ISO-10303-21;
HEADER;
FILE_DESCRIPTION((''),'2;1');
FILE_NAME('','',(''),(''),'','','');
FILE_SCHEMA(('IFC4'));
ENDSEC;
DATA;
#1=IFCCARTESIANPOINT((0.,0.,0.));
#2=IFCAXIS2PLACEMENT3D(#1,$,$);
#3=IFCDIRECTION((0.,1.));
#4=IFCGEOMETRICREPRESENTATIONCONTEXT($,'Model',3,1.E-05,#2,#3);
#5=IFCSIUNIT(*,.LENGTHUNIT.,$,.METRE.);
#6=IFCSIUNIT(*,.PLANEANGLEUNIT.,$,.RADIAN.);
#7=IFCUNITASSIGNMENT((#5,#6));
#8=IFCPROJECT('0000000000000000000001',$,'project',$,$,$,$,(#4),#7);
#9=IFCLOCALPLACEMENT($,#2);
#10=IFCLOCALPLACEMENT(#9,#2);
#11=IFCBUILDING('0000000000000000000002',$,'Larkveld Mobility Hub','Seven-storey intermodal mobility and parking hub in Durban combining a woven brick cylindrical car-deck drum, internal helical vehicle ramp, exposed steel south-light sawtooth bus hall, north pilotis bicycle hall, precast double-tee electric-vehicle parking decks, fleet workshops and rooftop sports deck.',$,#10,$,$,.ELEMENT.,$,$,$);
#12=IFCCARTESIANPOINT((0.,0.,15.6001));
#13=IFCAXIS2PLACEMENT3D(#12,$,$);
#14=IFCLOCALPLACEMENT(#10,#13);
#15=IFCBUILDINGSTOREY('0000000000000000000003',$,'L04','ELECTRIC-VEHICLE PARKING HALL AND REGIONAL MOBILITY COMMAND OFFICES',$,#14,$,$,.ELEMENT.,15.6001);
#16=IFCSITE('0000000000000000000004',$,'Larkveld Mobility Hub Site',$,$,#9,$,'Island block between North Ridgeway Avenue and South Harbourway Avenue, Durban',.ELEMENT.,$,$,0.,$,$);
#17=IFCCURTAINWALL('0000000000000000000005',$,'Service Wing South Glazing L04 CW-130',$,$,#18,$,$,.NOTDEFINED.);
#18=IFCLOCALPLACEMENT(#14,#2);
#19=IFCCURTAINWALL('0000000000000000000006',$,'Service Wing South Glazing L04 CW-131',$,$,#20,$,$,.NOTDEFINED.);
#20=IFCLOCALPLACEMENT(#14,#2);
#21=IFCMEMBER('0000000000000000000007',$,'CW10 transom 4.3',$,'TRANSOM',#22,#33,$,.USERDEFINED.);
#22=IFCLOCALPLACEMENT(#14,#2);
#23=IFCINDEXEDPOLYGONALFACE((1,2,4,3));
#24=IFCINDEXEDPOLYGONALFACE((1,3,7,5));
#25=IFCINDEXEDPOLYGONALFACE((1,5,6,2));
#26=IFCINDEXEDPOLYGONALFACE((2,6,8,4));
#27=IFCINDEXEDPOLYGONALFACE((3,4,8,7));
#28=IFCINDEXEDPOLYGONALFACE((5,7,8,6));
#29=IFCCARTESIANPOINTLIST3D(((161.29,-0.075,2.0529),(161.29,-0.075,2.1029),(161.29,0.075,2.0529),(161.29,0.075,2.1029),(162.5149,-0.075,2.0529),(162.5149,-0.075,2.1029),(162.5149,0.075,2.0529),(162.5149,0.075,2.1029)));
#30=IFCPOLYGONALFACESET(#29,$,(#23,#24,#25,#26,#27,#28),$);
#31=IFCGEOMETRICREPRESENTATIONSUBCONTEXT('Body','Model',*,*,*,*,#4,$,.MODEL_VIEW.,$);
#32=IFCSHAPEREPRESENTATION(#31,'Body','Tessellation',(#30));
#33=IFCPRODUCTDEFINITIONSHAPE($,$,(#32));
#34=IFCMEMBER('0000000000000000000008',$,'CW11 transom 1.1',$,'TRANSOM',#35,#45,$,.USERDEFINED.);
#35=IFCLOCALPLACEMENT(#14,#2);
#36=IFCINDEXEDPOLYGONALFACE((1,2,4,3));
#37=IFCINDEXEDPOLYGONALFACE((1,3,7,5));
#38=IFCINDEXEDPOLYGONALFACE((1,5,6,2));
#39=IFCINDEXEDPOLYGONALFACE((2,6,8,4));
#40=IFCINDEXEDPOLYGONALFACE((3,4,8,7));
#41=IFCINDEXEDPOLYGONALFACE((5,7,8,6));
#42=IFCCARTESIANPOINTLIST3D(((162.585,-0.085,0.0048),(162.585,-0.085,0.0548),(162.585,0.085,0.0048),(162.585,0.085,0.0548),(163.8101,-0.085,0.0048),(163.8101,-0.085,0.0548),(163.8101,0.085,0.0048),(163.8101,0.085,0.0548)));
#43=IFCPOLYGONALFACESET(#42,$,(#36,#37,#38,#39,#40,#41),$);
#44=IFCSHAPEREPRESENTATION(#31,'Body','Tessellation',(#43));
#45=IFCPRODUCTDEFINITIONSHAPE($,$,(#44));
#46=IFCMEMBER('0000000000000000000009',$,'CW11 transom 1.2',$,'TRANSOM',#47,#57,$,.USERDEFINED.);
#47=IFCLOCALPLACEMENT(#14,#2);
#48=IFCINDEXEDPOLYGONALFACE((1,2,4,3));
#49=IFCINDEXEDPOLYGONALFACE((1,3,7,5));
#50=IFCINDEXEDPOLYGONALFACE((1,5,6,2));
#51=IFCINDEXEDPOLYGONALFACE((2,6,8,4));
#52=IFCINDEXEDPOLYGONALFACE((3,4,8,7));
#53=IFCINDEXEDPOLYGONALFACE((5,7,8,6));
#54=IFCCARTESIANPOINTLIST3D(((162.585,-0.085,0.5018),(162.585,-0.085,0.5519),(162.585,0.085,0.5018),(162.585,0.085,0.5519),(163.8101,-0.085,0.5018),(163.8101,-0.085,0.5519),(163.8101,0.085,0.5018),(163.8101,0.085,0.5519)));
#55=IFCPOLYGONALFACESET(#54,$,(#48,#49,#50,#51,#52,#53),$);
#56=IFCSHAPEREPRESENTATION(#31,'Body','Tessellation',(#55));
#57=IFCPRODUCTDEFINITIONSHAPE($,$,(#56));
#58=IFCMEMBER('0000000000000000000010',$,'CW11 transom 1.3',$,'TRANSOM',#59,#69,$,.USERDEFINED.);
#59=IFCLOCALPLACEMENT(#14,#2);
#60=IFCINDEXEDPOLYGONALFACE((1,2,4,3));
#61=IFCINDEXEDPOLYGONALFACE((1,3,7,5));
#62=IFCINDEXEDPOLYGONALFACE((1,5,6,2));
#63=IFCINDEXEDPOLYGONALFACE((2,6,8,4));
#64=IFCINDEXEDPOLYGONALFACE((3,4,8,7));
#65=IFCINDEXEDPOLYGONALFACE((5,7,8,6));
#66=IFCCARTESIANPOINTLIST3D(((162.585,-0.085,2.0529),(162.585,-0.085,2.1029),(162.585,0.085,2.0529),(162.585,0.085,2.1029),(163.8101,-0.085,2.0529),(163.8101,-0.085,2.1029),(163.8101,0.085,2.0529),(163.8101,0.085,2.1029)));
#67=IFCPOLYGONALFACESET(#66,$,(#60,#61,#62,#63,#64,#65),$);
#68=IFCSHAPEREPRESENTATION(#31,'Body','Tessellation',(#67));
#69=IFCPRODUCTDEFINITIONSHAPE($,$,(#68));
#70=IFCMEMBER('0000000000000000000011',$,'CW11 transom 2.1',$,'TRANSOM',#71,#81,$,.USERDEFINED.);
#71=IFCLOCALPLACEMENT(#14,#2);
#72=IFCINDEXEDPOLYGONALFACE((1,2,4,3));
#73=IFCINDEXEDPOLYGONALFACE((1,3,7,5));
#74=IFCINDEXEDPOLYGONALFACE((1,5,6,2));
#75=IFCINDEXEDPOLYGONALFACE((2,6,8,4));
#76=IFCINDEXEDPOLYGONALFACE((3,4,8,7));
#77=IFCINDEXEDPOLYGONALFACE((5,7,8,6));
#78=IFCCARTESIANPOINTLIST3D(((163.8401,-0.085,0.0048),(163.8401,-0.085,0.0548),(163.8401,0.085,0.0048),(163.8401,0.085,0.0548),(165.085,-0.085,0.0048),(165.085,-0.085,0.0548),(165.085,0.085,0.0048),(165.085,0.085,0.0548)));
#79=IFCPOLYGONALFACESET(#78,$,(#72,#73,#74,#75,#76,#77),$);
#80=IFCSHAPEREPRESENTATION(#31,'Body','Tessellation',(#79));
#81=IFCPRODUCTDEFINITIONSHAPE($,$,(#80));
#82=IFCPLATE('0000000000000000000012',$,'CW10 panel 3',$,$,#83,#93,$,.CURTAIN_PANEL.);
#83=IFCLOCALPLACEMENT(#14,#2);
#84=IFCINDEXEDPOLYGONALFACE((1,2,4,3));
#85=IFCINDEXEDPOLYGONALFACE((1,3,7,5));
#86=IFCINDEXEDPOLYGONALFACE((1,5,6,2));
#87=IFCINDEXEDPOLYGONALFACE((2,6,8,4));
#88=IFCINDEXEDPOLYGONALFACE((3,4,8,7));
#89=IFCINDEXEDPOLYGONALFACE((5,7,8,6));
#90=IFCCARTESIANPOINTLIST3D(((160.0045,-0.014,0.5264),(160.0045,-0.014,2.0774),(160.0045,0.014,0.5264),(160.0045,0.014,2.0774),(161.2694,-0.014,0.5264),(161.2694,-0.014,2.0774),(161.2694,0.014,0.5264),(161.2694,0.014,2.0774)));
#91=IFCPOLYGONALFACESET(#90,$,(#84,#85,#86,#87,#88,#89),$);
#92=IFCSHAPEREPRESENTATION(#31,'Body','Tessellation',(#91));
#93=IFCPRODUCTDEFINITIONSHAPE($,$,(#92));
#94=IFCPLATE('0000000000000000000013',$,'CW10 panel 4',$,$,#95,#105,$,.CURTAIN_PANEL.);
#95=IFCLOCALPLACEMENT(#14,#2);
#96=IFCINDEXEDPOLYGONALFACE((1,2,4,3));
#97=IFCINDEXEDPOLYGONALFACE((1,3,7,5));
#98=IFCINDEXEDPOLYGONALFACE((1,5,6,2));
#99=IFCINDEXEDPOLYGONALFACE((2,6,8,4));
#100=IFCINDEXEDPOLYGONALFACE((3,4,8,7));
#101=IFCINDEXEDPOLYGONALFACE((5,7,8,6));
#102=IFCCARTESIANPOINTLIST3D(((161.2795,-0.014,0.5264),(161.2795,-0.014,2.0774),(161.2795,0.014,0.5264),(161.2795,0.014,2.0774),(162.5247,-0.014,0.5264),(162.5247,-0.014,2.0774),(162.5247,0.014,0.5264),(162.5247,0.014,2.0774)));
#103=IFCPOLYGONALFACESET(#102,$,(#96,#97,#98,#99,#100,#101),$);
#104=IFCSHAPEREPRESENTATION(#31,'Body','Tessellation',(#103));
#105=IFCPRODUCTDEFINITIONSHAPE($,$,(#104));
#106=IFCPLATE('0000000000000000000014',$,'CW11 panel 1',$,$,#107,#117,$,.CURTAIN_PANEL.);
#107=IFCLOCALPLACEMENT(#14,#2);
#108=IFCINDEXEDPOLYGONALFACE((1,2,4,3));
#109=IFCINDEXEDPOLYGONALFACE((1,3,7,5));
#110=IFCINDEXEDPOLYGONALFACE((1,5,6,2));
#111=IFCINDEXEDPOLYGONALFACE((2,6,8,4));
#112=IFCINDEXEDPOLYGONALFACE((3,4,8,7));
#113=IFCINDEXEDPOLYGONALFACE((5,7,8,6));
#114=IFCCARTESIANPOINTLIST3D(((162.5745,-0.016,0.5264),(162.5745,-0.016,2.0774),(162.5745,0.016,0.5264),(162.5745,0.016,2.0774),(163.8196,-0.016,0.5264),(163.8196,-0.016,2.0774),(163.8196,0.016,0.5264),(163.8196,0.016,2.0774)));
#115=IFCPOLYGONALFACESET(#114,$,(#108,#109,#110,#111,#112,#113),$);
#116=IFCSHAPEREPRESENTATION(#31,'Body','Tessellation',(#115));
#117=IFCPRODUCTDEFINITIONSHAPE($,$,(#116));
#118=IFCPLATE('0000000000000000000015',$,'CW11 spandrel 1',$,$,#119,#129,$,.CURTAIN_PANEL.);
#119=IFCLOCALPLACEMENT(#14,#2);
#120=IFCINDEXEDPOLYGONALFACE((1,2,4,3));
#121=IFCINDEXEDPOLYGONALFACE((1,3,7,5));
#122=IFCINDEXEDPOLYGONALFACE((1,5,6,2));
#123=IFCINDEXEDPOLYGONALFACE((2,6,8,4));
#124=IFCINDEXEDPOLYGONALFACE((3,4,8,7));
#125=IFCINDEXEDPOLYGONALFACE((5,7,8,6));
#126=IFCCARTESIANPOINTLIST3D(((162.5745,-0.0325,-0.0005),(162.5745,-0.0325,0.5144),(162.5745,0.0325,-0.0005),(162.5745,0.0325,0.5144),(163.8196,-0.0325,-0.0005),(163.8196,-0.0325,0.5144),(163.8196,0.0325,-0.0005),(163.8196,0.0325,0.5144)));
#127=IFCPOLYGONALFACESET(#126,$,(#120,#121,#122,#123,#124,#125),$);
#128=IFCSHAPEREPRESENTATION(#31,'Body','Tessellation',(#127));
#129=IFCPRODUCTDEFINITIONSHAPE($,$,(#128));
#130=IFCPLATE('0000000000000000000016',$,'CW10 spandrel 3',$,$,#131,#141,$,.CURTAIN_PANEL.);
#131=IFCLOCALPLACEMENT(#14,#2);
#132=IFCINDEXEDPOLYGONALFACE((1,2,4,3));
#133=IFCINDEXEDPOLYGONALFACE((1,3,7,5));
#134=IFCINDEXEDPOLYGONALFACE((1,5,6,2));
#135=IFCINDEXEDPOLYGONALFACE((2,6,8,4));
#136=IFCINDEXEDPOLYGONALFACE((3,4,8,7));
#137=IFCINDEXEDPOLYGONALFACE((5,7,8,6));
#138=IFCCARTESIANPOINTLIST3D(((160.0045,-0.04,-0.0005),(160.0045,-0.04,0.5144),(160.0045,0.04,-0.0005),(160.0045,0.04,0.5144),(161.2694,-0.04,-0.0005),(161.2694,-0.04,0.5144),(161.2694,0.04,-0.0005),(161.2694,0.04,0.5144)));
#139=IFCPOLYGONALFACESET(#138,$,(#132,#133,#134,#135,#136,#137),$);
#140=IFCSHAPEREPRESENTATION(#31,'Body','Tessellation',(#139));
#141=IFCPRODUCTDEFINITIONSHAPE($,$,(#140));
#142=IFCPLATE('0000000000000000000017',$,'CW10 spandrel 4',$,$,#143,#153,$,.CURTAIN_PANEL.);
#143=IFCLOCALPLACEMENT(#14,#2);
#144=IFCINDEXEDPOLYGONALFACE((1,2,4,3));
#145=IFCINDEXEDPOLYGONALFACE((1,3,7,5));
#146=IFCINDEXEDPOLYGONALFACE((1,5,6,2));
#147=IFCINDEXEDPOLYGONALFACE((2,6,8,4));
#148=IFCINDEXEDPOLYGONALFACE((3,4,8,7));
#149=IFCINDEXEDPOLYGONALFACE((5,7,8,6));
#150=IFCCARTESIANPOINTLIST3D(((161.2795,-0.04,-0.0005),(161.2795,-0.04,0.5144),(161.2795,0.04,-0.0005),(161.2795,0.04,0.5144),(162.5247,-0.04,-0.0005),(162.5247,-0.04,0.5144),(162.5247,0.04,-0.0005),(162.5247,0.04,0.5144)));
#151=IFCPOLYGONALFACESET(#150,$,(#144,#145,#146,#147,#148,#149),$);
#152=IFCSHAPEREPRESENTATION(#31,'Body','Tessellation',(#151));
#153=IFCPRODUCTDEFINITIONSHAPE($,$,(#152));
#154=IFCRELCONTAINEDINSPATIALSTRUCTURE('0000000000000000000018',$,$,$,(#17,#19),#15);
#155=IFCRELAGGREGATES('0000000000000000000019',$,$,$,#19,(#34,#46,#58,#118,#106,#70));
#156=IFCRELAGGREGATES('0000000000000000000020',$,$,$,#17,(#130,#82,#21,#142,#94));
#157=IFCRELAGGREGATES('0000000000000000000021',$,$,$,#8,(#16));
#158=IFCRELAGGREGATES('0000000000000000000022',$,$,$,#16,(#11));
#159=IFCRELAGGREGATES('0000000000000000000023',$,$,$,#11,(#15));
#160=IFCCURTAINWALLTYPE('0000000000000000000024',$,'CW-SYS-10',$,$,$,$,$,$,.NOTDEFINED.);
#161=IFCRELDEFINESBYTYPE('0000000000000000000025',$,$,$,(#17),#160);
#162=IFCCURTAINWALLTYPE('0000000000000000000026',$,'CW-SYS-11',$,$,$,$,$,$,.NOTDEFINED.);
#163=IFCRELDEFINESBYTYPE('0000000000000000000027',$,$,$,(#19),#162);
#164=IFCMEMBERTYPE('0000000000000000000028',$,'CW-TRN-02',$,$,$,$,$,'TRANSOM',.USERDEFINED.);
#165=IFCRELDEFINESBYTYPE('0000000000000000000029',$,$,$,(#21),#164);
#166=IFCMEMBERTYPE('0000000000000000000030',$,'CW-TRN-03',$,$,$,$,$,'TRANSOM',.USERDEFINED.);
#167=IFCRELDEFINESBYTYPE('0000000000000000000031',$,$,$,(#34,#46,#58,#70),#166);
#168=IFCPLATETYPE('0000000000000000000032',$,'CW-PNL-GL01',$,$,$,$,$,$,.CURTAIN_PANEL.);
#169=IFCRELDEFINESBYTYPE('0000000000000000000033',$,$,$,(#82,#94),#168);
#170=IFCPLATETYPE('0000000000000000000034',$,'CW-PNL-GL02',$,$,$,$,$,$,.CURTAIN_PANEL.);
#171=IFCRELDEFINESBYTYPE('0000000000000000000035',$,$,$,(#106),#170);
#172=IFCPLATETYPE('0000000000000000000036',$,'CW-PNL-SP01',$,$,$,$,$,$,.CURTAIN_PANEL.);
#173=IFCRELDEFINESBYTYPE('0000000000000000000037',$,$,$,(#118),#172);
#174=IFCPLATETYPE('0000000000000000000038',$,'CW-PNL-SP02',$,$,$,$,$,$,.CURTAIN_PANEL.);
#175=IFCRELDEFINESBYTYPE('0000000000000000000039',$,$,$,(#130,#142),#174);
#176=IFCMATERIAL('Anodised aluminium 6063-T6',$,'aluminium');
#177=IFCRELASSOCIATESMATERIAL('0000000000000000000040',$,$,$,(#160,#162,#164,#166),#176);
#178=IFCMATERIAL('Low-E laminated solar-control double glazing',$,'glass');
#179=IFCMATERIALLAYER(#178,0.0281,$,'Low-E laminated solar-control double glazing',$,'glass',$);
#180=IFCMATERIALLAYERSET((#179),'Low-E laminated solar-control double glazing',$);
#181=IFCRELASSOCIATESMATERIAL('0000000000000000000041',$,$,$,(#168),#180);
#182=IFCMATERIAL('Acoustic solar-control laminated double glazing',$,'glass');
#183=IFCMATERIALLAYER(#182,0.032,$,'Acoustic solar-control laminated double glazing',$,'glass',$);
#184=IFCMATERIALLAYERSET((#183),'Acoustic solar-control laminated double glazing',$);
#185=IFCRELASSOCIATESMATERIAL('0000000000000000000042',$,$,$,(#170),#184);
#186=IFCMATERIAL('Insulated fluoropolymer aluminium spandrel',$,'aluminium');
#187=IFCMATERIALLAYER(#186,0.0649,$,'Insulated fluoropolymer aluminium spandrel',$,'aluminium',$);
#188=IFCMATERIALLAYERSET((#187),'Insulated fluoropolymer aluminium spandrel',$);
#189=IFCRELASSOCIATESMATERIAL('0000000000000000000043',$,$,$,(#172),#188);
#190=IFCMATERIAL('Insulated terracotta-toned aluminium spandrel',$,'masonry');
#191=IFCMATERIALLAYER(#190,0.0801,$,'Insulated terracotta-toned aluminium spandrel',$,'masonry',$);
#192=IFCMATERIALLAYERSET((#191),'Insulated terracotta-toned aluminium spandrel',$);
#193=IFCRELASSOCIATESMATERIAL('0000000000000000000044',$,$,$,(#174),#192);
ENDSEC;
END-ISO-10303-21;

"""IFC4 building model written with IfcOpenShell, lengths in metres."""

from ifc_helpers import new_model, si_unit, direction, frame, origin, origin_2d, place, context, subcontext, project, spatial, rectangle, extrude, material, layer, layer_set, material_profile, profile_set, type_object, element, aggregate, save


model = new_model("IFC4")

# Units and contexts
model_context = context("Model", 3, precision=1e-05, world=origin(), true_north=direction((0.0, 1.0)))
body_context = subcontext(model_context, "Body", "Model", "MODEL_VIEW")
ifc_project = project(units=[si_unit("LENGTHUNIT", "METRE"), si_unit("PLANEANGLEUNIT", "RADIAN")], contexts=[model_context])

# Site, building, storey
site_placement = place(None, origin())
site = spatial("IfcSite", under=ifc_project, at=site_placement, Name="Larkveld Mobility Hub Site", LongName="Island block between North Ridgeway Avenue and South Harbourway Avenue, Durban", CompositionType="ELEMENT", RefElevation=0.0)
building_placement = place(site_placement, origin())
building = spatial("IfcBuilding", under=site, at=building_placement, Name="Larkveld Mobility Hub", Description="Seven-storey intermodal mobility and parking hub in Durban combining a woven brick cylindrical car-deck drum, internal helical vehicle ramp, exposed steel south-light sawtooth bus hall, north pilotis bicycle hall, precast double-tee electric-vehicle parking decks, fleet workshops and rooftop sports deck.", CompositionType="ELEMENT")
storey_placement = place(building_placement, frame((0.0, 0.0, 15.6001)))
storey = spatial("IfcBuildingStorey", under=building, at=storey_placement, Name="L04", Description="ELECTRIC-VEHICLE PARKING HALL AND REGIONAL MOBILITY COMMAND OFFICES", CompositionType="ELEMENT", Elevation=15.6001)

# Curtain walls
ifc_material_1 = material(Name="Anodised aluminium 6063-T6", Category="aluminium")
curtain_wall_type_1 = type_object("IfcCurtainWallType", Name="CW-SYS-10", PredefinedType="NOTDEFINED", material=ifc_material_1)
curtain_wall_1_placement = place(storey_placement, origin())
curtain_wall_1 = element("IfcCurtainWall", 1, at=curtain_wall_1_placement, inside=storey, type_object=curtain_wall_type_1, Name="Service Wing South Glazing L04 CW-130", PredefinedType="NOTDEFINED")
curtain_wall_type_2 = type_object("IfcCurtainWallType", Name="CW-SYS-11", PredefinedType="NOTDEFINED", material=ifc_material_1)
curtain_wall_2_placement = place(storey_placement, origin())
curtain_wall_2 = element("IfcCurtainWall", 2, at=curtain_wall_2_placement, inside=storey, type_object=curtain_wall_type_2, Name="Service Wing South Glazing L04 CW-131", PredefinedType="NOTDEFINED")

# Members
ifc_material_profile_1 = material_profile(ifc_material_1, rectangle(XDim=0.1499, YDim=0.05, at=origin_2d()), Name="ALU TRAN 50x150")
ifc_profile_set_1 = profile_set([ifc_material_profile_1], Name="Anodised aluminium 6063-T6")
member_type_1 = type_object("IfcMemberType", Name="CW-TRN-02", ElementType="TRANSOM", PredefinedType="USERDEFINED", material=ifc_profile_set_1)
member_1_placement = place(storey_placement, frame((161.29, 0.0, 2.0779), z_axis=(1.0, 0.0, 0.0), x_axis=(0.0, 1.0, 0.0)))
member_1 = element("IfcMember", 3, at=member_1_placement, type_object=member_type_1, Name="CW10 transom 4.3", ObjectType="TRANSOM", PredefinedType="USERDEFINED", context=body_context, shape_type="SweptSolid", body=[
    extrude(rectangle(XDim=0.1499, YDim=0.05, at=origin_2d()), origin(), (0.0, 0.0, 1.0), 1.2249),
])
ifc_material_profile_2 = material_profile(ifc_material_1, rectangle(XDim=0.1699, YDim=0.05, at=origin_2d()), Name="ALU TRAN 50x170")
ifc_profile_set_2 = profile_set([ifc_material_profile_2], Name="Anodised aluminium 6063-T6")
member_type_2 = type_object("IfcMemberType", Name="CW-TRN-03", ElementType="TRANSOM", PredefinedType="USERDEFINED", material=ifc_profile_set_2)
member_2_placement = place(storey_placement, frame((162.585, 0.0, 0.0298), z_axis=(1.0, 0.0, 0.0), x_axis=(0.0, 1.0, 0.0)))
member_2 = element("IfcMember", 4, at=member_2_placement, type_object=member_type_2, Name="CW11 transom 1.1", ObjectType="TRANSOM", PredefinedType="USERDEFINED", context=body_context, shape_type="SweptSolid", body=[
    extrude(rectangle(XDim=0.1699, YDim=0.05, at=origin_2d()), origin(), (0.0, 0.0, 1.0), 1.2251),
])
member_3_placement = place(storey_placement, frame((162.585, 0.0, 0.5269), z_axis=(1.0, 0.0, 0.0), x_axis=(0.0, 1.0, 0.0)))
member_3 = element("IfcMember", 5, at=member_3_placement, type_object=member_type_2, Name="CW11 transom 1.2", ObjectType="TRANSOM", PredefinedType="USERDEFINED", context=body_context, shape_type="SweptSolid", body=[
    extrude(rectangle(XDim=0.1699, YDim=0.05, at=origin_2d()), origin(), (0.0, 0.0, 1.0), 1.2251),
])
member_4_placement = place(storey_placement, frame((162.585, 0.0, 2.0779), z_axis=(1.0, 0.0, 0.0), x_axis=(0.0, 1.0, 0.0)))
member_4 = element("IfcMember", 6, at=member_4_placement, type_object=member_type_2, Name="CW11 transom 1.3", ObjectType="TRANSOM", PredefinedType="USERDEFINED", context=body_context, shape_type="SweptSolid", body=[
    extrude(rectangle(XDim=0.1699, YDim=0.05, at=origin_2d()), origin(), (0.0, 0.0, 1.0), 1.2251),
])
member_5_placement = place(storey_placement, frame((163.8401, 0.0, 0.0298), z_axis=(1.0, 0.0, 0.0), x_axis=(0.0, 1.0, 0.0)))
member_5 = element("IfcMember", 7, at=member_5_placement, type_object=member_type_2, Name="CW11 transom 2.1", ObjectType="TRANSOM", PredefinedType="USERDEFINED", context=body_context, shape_type="SweptSolid", body=[
    extrude(rectangle(XDim=0.1699, YDim=0.05, at=origin_2d()), origin(), (0.0, 0.0, 1.0), 1.2449),
])

# Plates
ifc_material_2 = material(Name="Low-E laminated solar-control double glazing", Category="glass")
ifc_layer_1 = layer(ifc_material_2, 0.0281, Name="Low-E laminated solar-control double glazing", Category="glass")
ifc_layer_set_1 = layer_set([ifc_layer_1], Name="Low-E laminated solar-control double glazing")
plate_type_1 = type_object("IfcPlateType", Name="CW-PNL-GL01", PredefinedType="CURTAIN_PANEL", material=ifc_layer_set_1)
plate_1_placement = place(storey_placement, frame((160.637, 0.0, 0.5264), z_axis=(0.0, 0.0, 1.0), x_axis=(1.0, 0.0, 0.0)))
plate_1 = element("IfcPlate", 8, at=plate_1_placement, type_object=plate_type_1, Name="CW10 panel 3", PredefinedType="CURTAIN_PANEL", context=body_context, shape_type="SweptSolid", body=[
    extrude(rectangle(XDim=1.2649, YDim=0.0281, at=origin_2d()), origin(), (0.0, 0.0, 1.0), 1.551),
])
plate_2_placement = place(storey_placement, frame((161.9021, 0.0, 0.5264), z_axis=(0.0, 0.0, 1.0), x_axis=(1.0, 0.0, 0.0)))
plate_2 = element("IfcPlate", 9, at=plate_2_placement, type_object=plate_type_1, Name="CW10 panel 4", PredefinedType="CURTAIN_PANEL", context=body_context, shape_type="SweptSolid", body=[
    extrude(rectangle(XDim=1.2451, YDim=0.0281, at=origin_2d()), origin(), (0.0, 0.0, 1.0), 1.551),
])
ifc_material_3 = material(Name="Acoustic solar-control laminated double glazing", Category="glass")
ifc_layer_2 = layer(ifc_material_3, 0.032, Name="Acoustic solar-control laminated double glazing", Category="glass")
ifc_layer_set_2 = layer_set([ifc_layer_2], Name="Acoustic solar-control laminated double glazing")
plate_type_2 = type_object("IfcPlateType", Name="CW-PNL-GL02", PredefinedType="CURTAIN_PANEL", material=ifc_layer_set_2)
plate_3_placement = place(storey_placement, frame((163.197, 0.0, 0.5264), z_axis=(0.0, 0.0, 1.0), x_axis=(1.0, 0.0, 0.0)))
plate_3 = element("IfcPlate", 10, at=plate_3_placement, type_object=plate_type_2, Name="CW11 panel 1", PredefinedType="CURTAIN_PANEL", context=body_context, shape_type="SweptSolid", body=[
    extrude(rectangle(XDim=1.2451, YDim=0.032, at=origin_2d()), origin(), (0.0, 0.0, 1.0), 1.551),
])
ifc_material_4 = material(Name="Insulated fluoropolymer aluminium spandrel", Category="aluminium")
ifc_layer_3 = layer(ifc_material_4, 0.0649, Name="Insulated fluoropolymer aluminium spandrel", Category="aluminium")
ifc_layer_set_3 = layer_set([ifc_layer_3], Name="Insulated fluoropolymer aluminium spandrel")
plate_type_3 = type_object("IfcPlateType", Name="CW-PNL-SP01", PredefinedType="CURTAIN_PANEL", material=ifc_layer_set_3)
plate_4_placement = place(storey_placement, frame((163.197, 0.0, -0.0005), z_axis=(0.0, 0.0, 1.0), x_axis=(1.0, 0.0, 0.0)))
plate_4 = element("IfcPlate", 11, at=plate_4_placement, type_object=plate_type_3, Name="CW11 spandrel 1", PredefinedType="CURTAIN_PANEL", context=body_context, shape_type="SweptSolid", body=[
    extrude(rectangle(XDim=1.2451, YDim=0.0649, at=origin_2d()), origin(), (0.0, 0.0, 1.0), 0.5149),
])
aggregate(curtain_wall_2, [member_2, member_3, member_4, plate_4, plate_3, member_5])
ifc_material_5 = material(Name="Insulated terracotta-toned aluminium spandrel", Category="masonry")
ifc_layer_4 = layer(ifc_material_5, 0.0801, Name="Insulated terracotta-toned aluminium spandrel", Category="masonry")
ifc_layer_set_4 = layer_set([ifc_layer_4], Name="Insulated terracotta-toned aluminium spandrel")
plate_type_4 = type_object("IfcPlateType", Name="CW-PNL-SP02", PredefinedType="CURTAIN_PANEL", material=ifc_layer_set_4)
plate_5_placement = place(storey_placement, frame((160.637, 0.0, -0.0005), z_axis=(0.0, 0.0, 1.0), x_axis=(1.0, 0.0, 0.0)))
plate_5 = element("IfcPlate", 12, at=plate_5_placement, type_object=plate_type_4, Name="CW10 spandrel 3", PredefinedType="CURTAIN_PANEL", context=body_context, shape_type="SweptSolid", body=[
    extrude(rectangle(XDim=1.2649, YDim=0.0801, at=origin_2d()), origin(), (0.0, 0.0, 1.0), 0.5149),
])
plate_6_placement = place(storey_placement, frame((161.9021, 0.0, -0.0005), z_axis=(0.0, 0.0, 1.0), x_axis=(1.0, 0.0, 0.0)))
plate_6 = element("IfcPlate", 13, at=plate_6_placement, type_object=plate_type_4, Name="CW10 spandrel 4", PredefinedType="CURTAIN_PANEL", context=body_context, shape_type="SweptSolid", body=[
    extrude(rectangle(XDim=1.2451, YDim=0.0801, at=origin_2d()), origin(), (0.0, 0.0, 1.0), 0.5149),
])
aggregate(curtain_wall_1, [plate_5, plate_1, member_1, plate_6, plate_2])

save(model, "model.ifc")
